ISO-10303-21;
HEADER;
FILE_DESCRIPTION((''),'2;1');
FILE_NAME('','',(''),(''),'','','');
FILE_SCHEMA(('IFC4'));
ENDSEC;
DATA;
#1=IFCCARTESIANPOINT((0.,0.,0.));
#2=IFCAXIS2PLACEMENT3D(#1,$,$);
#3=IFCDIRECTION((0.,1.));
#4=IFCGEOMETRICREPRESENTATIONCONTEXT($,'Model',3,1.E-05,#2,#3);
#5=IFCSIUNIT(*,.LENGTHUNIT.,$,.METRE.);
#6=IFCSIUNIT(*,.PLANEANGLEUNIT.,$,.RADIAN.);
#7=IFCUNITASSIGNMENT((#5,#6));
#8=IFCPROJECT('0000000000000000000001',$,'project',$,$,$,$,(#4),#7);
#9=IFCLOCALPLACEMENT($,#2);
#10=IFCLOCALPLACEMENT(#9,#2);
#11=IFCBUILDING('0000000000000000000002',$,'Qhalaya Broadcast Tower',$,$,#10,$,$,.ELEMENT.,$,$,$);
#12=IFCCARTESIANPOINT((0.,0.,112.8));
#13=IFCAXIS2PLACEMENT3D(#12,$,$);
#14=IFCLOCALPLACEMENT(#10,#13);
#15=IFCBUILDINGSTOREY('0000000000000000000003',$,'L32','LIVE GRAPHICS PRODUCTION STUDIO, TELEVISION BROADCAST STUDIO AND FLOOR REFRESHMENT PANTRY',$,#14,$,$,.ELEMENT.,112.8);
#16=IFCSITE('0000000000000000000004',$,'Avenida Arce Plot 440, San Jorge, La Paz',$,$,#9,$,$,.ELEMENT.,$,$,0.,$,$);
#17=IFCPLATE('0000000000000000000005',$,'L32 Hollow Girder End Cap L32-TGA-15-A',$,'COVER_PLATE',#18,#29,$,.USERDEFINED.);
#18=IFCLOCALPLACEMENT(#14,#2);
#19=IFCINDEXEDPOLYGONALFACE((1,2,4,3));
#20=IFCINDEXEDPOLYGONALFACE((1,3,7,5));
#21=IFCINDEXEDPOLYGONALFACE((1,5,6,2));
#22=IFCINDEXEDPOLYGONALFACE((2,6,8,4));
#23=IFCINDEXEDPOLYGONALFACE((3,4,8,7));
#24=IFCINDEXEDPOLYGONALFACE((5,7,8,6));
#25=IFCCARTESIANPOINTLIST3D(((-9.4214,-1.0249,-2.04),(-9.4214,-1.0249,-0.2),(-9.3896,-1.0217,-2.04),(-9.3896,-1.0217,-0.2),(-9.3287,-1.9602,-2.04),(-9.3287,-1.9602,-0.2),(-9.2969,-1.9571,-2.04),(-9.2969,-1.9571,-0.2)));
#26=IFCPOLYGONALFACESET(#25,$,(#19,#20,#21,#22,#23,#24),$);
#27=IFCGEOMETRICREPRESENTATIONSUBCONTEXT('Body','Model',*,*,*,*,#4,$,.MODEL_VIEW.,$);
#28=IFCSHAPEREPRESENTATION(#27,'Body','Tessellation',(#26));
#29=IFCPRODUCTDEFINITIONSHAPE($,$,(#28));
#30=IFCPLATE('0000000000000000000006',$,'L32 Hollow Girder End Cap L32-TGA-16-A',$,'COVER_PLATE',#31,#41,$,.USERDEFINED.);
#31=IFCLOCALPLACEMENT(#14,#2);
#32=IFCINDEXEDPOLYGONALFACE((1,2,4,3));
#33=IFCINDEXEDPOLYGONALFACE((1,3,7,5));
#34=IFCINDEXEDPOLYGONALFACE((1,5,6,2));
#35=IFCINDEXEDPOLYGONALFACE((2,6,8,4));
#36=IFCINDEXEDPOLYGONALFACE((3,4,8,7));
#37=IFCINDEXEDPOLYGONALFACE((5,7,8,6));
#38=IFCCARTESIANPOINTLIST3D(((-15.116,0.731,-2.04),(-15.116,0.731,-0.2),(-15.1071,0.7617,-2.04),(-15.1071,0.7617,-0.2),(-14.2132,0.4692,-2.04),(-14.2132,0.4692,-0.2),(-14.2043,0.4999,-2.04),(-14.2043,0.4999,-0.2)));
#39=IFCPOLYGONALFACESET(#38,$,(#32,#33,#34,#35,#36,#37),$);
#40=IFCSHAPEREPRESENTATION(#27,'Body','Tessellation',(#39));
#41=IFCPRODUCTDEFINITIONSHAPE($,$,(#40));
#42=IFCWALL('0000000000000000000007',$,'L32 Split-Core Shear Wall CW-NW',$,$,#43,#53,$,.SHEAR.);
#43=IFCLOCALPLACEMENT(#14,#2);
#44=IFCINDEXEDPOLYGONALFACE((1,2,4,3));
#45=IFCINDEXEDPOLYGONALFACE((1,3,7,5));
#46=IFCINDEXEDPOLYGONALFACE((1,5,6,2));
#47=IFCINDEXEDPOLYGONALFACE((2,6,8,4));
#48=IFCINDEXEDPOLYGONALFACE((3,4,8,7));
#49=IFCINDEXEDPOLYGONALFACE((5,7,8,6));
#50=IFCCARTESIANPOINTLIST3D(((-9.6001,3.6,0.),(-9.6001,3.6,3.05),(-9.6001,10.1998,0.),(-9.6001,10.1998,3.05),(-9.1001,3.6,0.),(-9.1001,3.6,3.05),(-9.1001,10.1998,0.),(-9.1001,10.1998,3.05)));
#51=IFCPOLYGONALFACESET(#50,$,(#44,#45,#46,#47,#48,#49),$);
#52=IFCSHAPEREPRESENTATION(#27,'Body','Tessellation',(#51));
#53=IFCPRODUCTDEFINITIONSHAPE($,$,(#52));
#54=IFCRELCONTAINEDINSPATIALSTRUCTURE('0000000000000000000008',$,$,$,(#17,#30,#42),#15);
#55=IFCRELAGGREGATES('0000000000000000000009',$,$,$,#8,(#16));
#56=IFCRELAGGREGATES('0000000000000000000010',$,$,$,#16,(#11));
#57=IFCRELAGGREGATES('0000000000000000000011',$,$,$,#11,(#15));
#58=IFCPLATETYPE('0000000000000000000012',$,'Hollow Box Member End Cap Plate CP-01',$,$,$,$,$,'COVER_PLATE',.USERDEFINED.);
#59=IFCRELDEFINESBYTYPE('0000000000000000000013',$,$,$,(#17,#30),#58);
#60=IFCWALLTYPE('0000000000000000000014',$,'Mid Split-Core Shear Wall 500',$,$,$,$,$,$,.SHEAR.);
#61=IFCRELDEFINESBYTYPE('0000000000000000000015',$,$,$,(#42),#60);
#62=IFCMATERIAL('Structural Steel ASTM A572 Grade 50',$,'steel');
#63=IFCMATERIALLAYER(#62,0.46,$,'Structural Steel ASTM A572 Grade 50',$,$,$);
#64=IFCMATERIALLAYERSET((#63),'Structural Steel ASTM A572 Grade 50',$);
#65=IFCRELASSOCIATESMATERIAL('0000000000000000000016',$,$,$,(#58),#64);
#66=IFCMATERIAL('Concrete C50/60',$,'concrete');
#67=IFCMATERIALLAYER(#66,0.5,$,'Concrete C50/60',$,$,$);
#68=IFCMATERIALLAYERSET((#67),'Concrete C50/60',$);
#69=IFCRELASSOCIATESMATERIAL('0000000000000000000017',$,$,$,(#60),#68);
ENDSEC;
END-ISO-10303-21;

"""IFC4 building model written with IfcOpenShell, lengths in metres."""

from ifc_helpers import new_model, si_unit, direction, frame, frame_2d, origin, origin_2d, place, context, subcontext, project, spatial, rectangle, extrude, material, layer, layer_set, type_object, element, save


model = new_model("IFC4")

# Units and contexts
model_context = context("Model", 3, precision=1e-05, world=origin(), true_north=direction((0.0, 1.0)))
body_context = subcontext(model_context, "Body", "Model", "MODEL_VIEW")
ifc_project = project(units=[si_unit("LENGTHUNIT", "METRE"), si_unit("PLANEANGLEUNIT", "RADIAN")], contexts=[model_context])

# Site, building, storey
site_placement = place(None, origin())
site = spatial("IfcSite", under=ifc_project, at=site_placement, Name="Avenida Arce Plot 440, San Jorge, La Paz", CompositionType="ELEMENT", RefElevation=0.0)
building_placement = place(site_placement, origin())
building = spatial("IfcBuilding", under=site, at=building_placement, Name="Qhalaya Broadcast Tower", CompositionType="ELEMENT")
storey_placement = place(building_placement, frame((0.0, 0.0, 112.8)))
storey = spatial("IfcBuildingStorey", under=building, at=storey_placement, Name="L32", Description="LIVE GRAPHICS PRODUCTION STUDIO, TELEVISION BROADCAST STUDIO AND FLOOR REFRESHMENT PANTRY", CompositionType="ELEMENT", Elevation=112.8)

# Shared definitions
ifc_material_1 = material(Name="Concrete C50/60", Category="concrete")

# Shared definitions
ifc_material_2 = material(Name="Structural Steel ASTM A572 Grade 50", Category="steel")

# Plates
ifc_layer_1 = layer(ifc_material_2, 0.46, Name="Structural Steel ASTM A572 Grade 50")
ifc_layer_set_1 = layer_set([ifc_layer_1], Name="Structural Steel ASTM A572 Grade 50")
plate_type = type_object("IfcPlateType", Name="Hollow Box Member End Cap Plate CP-01", ElementType="COVER_PLATE", PredefinedType="USERDEFINED", material=ifc_layer_set_1)
for number, where, z_axis, x_axis, name in (
    (1, (-9.3591, -1.491, -2.04), (0.0, 0.0, 1.0), (0.098608, -0.995126, 0.0), "L32 Hollow Girder End Cap L32-TGA-15-A"),
    (2, (-14.6602, 0.6155, -2.04), (0.0, 0.0, 1.0), (0.96042, -0.278555, 0.0), "L32 Hollow Girder End Cap L32-TGA-16-A"),
):
    element("IfcPlate", number, at=place(storey_placement, frame(where, z_axis=z_axis, x_axis=x_axis)), inside=storey, type_object=plate_type, Name=name, ObjectType="COVER_PLATE", PredefinedType="USERDEFINED", context=body_context, shape_type="SweptSolid", body=[
        extrude(rectangle(XDim=0.9399, YDim=0.032, at=origin_2d()), origin(), (0.0, 0.0, 1.0), 1.8401),
    ])

# Wall
ifc_layer_2 = layer(ifc_material_1, 0.5, Name="Concrete C50/60")
ifc_layer_set_2 = layer_set([ifc_layer_2], Name="Concrete C50/60")
wall_type = type_object("IfcWallType", Name="Mid Split-Core Shear Wall 500", PredefinedType="SHEAR", material=ifc_layer_set_2)
wall_1_placement = place(storey_placement, frame((-9.3501, 3.6001, 0.0), z_axis=(0.0, 0.0, 1.0), x_axis=(0.0, 1.0, 0.0)))
element("IfcWall", 3, at=wall_1_placement, inside=storey, type_object=wall_type, Name="L32 Split-Core Shear Wall CW-NW", PredefinedType="SHEAR", context=body_context, shape_type="SweptSolid", body=[
    extrude(rectangle(XDim=6.5999, YDim=0.5, at=frame_2d((3.2998, 0.0))), origin(), (0.0, 0.0, 1.0), 3.05),
])

save(model, "model.ifc")
